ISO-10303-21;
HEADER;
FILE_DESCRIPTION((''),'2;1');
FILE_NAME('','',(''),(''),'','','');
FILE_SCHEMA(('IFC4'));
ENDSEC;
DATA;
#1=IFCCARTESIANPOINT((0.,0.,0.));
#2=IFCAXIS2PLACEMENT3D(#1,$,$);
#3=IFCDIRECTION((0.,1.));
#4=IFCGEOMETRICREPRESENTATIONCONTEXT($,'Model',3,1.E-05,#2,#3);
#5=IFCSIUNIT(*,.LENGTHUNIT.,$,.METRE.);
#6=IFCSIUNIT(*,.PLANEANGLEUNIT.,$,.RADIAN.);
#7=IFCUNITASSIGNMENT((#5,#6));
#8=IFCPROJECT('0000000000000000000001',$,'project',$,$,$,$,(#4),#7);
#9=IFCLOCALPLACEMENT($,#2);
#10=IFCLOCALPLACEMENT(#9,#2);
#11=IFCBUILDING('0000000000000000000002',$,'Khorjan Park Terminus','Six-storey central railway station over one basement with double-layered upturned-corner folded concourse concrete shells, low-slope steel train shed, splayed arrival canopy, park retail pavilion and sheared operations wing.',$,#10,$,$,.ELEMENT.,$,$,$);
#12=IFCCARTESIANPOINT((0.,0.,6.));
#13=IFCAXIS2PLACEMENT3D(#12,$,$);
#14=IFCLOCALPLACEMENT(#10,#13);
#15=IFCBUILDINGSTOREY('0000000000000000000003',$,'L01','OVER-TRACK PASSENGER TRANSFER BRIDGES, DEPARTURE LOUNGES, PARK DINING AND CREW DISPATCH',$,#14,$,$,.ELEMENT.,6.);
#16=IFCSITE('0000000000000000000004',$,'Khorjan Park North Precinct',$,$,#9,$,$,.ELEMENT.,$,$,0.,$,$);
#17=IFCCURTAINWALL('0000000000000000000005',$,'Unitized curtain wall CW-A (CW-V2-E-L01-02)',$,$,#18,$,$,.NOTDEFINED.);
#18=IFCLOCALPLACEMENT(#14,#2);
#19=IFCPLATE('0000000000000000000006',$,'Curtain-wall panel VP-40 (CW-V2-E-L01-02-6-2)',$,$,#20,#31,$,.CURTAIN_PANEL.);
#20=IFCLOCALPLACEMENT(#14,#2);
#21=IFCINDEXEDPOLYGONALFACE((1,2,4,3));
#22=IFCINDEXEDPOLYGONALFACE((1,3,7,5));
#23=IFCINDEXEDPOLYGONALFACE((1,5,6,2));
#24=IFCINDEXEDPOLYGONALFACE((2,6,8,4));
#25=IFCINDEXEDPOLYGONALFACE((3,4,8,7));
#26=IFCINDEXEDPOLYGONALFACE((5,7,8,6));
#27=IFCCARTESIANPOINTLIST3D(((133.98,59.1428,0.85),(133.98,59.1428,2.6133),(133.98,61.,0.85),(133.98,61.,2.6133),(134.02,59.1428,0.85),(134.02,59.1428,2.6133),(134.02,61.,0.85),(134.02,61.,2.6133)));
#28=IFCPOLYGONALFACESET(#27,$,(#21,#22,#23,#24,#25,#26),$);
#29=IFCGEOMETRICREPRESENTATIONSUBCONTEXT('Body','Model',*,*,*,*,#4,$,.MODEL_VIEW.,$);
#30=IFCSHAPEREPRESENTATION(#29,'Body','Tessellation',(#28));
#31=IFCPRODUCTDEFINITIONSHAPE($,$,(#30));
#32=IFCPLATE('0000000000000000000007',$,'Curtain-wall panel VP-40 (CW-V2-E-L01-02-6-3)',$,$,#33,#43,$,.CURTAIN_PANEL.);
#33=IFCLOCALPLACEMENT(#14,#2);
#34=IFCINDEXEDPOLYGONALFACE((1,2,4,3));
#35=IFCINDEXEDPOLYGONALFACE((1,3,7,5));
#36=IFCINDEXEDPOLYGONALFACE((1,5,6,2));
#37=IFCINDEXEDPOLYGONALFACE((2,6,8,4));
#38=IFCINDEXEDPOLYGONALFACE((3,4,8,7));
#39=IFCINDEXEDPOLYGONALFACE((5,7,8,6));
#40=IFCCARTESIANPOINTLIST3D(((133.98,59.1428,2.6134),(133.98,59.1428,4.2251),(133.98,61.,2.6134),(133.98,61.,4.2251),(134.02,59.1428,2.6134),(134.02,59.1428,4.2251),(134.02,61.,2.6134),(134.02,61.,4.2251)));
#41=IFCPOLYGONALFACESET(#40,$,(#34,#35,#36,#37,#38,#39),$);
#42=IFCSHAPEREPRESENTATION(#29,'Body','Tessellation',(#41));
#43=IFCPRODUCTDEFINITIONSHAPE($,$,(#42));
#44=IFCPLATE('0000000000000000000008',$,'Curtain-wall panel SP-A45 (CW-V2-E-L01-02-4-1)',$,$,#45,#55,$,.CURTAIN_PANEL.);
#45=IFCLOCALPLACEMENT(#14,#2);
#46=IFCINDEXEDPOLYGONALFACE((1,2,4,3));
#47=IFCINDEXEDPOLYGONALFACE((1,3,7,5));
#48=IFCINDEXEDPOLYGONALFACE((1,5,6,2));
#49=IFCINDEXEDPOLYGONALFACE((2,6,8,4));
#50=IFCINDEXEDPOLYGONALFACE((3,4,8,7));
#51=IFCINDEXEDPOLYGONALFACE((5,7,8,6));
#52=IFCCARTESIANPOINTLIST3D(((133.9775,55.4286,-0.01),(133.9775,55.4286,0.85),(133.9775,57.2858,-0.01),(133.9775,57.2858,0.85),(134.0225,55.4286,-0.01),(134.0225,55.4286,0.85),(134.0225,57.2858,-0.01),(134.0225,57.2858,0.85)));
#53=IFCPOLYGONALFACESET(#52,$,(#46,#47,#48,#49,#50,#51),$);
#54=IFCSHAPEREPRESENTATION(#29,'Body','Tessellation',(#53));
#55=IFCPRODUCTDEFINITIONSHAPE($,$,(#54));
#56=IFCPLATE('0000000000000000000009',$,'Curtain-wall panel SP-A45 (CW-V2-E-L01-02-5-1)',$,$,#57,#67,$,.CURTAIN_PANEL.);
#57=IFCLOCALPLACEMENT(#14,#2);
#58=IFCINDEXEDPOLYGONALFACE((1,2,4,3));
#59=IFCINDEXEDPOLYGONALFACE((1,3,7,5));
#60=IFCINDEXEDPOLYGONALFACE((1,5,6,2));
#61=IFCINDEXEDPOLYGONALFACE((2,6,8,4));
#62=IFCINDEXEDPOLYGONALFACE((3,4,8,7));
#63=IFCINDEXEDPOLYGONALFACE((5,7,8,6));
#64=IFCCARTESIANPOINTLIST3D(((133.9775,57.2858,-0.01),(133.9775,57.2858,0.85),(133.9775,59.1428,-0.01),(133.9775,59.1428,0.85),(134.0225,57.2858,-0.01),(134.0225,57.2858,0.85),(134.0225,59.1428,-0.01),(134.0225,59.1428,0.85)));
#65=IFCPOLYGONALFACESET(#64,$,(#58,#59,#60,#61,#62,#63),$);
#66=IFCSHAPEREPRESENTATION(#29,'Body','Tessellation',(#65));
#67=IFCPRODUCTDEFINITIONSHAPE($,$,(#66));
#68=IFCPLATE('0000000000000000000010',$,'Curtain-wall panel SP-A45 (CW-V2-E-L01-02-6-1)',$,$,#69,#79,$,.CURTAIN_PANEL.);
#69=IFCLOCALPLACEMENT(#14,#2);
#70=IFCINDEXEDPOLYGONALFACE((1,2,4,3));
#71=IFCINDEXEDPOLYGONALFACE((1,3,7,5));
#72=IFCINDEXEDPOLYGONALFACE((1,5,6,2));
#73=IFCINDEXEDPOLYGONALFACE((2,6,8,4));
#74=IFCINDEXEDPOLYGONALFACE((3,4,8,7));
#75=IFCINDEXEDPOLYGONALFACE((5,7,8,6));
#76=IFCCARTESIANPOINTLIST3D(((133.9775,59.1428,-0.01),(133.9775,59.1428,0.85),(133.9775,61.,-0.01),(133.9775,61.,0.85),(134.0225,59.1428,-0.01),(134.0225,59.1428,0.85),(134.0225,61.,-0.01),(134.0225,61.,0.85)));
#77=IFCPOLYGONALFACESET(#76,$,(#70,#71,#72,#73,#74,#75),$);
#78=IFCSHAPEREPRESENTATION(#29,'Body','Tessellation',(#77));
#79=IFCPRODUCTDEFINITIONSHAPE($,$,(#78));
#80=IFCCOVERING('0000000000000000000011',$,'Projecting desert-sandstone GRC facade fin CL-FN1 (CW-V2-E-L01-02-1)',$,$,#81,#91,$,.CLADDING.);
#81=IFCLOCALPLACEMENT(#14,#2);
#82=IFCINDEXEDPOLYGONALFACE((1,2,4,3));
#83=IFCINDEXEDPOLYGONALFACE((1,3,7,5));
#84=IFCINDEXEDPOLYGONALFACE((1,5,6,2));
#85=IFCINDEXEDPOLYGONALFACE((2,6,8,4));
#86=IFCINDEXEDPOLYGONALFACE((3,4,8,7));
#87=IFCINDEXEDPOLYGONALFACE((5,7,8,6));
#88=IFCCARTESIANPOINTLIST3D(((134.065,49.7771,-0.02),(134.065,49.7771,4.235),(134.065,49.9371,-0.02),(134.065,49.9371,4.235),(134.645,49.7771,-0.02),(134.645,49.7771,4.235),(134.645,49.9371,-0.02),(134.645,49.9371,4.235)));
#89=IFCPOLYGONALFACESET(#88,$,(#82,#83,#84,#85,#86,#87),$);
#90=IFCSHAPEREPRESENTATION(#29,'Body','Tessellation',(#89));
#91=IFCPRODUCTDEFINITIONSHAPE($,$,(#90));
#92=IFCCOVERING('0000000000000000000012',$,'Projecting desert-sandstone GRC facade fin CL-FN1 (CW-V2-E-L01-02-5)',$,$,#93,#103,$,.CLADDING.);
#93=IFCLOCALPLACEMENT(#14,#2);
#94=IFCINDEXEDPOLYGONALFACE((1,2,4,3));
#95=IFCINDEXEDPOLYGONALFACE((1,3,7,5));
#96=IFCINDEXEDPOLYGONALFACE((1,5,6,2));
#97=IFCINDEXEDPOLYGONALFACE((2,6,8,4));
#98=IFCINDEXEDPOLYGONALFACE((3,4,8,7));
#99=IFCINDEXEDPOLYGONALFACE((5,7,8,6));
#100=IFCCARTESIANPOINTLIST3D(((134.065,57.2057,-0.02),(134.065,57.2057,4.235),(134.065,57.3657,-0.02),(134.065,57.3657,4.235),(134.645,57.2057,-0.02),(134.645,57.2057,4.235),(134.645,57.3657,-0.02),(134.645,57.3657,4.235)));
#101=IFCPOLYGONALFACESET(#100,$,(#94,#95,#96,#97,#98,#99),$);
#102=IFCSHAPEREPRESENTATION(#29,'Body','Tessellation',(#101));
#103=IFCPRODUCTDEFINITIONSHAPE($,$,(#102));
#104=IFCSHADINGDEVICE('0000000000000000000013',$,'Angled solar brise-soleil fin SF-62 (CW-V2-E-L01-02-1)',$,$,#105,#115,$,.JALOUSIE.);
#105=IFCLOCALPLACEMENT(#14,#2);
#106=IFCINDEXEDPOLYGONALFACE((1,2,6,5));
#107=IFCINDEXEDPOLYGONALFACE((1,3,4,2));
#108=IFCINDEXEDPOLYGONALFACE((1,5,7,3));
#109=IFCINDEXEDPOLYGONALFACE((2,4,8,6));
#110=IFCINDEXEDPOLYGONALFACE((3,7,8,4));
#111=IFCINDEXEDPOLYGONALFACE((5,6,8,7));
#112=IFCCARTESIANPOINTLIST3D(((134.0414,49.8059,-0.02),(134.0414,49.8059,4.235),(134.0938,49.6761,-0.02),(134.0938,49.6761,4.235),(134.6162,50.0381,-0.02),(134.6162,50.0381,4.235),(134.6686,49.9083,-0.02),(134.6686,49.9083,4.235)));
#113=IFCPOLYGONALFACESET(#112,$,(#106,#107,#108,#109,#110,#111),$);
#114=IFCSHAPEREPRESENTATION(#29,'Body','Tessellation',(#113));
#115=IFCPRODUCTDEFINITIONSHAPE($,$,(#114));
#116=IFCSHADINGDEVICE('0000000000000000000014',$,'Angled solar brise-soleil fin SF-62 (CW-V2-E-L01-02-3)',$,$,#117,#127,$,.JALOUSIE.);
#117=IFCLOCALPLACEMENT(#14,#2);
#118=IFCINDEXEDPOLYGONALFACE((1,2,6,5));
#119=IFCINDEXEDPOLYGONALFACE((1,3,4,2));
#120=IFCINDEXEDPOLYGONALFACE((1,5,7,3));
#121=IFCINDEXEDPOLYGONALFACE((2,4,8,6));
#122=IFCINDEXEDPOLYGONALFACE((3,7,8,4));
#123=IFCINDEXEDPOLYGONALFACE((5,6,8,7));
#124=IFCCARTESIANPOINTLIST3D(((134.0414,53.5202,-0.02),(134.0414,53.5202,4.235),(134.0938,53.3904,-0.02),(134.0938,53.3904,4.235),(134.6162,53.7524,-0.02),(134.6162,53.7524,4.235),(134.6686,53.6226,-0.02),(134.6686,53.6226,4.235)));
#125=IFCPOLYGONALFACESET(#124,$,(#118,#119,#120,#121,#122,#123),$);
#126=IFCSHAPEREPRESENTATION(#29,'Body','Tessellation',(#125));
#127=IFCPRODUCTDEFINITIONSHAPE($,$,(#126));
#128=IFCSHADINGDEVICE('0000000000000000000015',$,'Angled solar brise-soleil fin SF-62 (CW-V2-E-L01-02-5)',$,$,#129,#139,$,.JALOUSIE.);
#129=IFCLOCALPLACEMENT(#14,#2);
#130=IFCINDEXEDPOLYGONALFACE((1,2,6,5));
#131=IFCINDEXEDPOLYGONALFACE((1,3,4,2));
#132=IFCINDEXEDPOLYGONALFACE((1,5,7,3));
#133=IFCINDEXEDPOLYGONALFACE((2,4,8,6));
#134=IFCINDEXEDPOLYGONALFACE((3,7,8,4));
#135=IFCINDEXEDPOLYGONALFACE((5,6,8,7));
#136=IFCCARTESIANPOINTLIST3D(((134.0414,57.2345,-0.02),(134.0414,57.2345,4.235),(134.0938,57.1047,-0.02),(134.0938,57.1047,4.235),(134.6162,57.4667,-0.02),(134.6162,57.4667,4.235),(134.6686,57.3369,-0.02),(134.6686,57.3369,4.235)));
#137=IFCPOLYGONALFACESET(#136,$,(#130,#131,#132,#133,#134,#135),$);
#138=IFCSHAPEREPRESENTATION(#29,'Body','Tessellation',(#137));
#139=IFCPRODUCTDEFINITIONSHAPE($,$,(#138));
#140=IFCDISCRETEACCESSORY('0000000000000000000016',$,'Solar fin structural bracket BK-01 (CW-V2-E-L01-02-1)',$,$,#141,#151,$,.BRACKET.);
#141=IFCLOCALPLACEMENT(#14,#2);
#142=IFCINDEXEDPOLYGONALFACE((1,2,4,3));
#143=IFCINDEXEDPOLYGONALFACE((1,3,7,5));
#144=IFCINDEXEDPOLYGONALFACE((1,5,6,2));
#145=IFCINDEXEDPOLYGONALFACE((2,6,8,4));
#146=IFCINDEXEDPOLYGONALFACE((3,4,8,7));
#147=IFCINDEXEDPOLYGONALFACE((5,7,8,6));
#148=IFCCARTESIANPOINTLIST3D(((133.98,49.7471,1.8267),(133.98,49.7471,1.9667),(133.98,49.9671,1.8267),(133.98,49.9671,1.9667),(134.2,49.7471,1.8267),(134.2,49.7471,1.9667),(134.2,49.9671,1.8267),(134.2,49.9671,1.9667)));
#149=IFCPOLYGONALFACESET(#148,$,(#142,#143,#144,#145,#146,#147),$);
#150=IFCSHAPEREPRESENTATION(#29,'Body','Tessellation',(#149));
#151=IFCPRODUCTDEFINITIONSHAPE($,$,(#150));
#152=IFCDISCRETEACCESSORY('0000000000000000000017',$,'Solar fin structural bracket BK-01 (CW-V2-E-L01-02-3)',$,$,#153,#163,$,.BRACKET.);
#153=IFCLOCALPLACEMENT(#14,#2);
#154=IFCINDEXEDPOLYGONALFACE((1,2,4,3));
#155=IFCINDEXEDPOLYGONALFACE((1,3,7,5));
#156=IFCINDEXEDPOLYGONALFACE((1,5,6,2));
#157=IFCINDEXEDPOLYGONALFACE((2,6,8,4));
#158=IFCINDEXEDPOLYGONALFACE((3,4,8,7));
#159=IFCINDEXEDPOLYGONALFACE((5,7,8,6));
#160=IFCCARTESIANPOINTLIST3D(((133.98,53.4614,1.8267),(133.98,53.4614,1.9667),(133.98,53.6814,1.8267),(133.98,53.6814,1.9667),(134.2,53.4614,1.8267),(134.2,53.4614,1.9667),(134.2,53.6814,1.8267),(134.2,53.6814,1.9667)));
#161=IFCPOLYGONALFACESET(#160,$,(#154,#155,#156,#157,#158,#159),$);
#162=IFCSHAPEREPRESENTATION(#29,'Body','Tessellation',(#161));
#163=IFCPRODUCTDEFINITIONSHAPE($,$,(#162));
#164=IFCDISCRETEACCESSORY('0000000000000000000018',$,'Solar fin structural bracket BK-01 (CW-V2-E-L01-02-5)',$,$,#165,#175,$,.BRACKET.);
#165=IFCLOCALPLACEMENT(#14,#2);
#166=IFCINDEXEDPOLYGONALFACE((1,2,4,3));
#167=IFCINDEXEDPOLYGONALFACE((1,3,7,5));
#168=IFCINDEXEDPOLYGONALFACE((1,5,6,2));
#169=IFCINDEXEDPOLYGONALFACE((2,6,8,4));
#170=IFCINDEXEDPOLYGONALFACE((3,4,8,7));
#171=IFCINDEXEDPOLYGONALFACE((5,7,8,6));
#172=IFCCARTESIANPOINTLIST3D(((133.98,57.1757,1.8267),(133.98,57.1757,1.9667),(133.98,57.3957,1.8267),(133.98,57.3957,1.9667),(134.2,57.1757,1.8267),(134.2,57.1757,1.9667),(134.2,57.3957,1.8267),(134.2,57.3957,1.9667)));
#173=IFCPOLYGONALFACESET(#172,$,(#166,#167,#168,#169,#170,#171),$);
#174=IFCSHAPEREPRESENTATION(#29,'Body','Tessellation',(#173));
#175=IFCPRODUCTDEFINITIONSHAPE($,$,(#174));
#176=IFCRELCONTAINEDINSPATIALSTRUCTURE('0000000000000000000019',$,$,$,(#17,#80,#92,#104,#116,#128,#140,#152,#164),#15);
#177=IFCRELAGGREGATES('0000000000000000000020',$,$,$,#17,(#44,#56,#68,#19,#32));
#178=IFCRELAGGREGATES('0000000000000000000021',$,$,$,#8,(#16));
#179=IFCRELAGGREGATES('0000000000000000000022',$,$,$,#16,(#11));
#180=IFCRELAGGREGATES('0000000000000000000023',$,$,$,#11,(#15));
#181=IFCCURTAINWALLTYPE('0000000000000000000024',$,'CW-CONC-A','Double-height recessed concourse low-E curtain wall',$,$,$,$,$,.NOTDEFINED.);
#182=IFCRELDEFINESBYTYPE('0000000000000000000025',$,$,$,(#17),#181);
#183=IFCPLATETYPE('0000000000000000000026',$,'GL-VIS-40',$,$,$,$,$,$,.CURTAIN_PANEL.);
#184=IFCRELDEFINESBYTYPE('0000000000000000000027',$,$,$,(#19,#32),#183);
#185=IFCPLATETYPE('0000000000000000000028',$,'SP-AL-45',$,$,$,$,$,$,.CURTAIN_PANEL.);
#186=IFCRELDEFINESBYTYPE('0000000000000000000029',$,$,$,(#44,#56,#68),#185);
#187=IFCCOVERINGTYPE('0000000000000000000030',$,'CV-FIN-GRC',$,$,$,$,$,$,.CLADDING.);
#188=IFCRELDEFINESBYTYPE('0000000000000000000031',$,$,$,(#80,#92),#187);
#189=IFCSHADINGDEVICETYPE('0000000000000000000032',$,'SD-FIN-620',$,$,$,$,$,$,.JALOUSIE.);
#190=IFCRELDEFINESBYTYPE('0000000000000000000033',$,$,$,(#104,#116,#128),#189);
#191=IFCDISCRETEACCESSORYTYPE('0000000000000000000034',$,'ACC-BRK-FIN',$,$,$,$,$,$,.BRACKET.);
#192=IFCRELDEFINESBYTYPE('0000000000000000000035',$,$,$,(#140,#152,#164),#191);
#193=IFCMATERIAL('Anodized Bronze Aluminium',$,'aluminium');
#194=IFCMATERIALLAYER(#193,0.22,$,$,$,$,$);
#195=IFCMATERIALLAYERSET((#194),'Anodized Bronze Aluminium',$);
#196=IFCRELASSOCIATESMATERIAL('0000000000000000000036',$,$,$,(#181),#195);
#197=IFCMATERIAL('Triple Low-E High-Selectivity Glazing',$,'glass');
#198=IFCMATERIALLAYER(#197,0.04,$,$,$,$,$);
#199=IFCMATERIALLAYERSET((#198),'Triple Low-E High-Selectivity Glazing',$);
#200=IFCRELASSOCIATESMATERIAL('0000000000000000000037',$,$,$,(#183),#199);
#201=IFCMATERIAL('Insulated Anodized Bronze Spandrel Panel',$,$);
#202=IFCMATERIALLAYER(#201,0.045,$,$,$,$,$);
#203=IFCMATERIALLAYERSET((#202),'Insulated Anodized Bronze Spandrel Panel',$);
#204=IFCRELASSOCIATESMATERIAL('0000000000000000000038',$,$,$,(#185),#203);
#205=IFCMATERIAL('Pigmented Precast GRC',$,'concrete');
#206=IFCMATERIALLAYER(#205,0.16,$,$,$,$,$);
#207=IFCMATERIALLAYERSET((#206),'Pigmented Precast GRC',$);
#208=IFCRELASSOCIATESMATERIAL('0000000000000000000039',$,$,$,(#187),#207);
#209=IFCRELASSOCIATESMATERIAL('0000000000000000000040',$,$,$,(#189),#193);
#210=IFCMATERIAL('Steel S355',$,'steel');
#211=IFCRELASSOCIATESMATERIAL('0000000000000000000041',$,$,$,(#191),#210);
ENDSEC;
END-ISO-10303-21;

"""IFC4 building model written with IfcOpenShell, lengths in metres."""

from ifc_helpers import new_model, si_unit, direction, frame, origin, origin_2d, place, context, subcontext, project, spatial, rectangle, extrude, material, layer, layer_set, type_object, element, aggregate, save


model = new_model("IFC4")

# Units and contexts
model_context = context("Model", 3, precision=1e-05, world=origin(), true_north=direction((0.0, 1.0)))
body_context = subcontext(model_context, "Body", "Model", "MODEL_VIEW")
ifc_project = project(units=[si_unit("LENGTHUNIT", "METRE"), si_unit("PLANEANGLEUNIT", "RADIAN")], contexts=[model_context])

# Site, building, storey
site_placement = place(None, origin())
site = spatial("IfcSite", under=ifc_project, at=site_placement, Name="Khorjan Park North Precinct", CompositionType="ELEMENT", RefElevation=0.0)
building_placement = place(site_placement, origin())
building = spatial("IfcBuilding", under=site, at=building_placement, Name="Khorjan Park Terminus", Description="Six-storey central railway station over one basement with double-layered upturned-corner folded concourse concrete shells, low-slope steel train shed, splayed arrival canopy, park retail pavilion and sheared operations wing.", CompositionType="ELEMENT")
storey_placement = place(building_placement, frame((0.0, 0.0, 6.0)))
storey = spatial("IfcBuildingStorey", under=building, at=storey_placement, Name="L01", Description="OVER-TRACK PASSENGER TRANSFER BRIDGES, DEPARTURE LOUNGES, PARK DINING AND CREW DISPATCH", CompositionType="ELEMENT", Elevation=6.0)

# Curtain wall
ifc_material_1 = material(Name="Anodized Bronze Aluminium", Category="aluminium")
ifc_layer_1 = layer(ifc_material_1, 0.22)
ifc_layer_set_1 = layer_set([ifc_layer_1], Name="Anodized Bronze Aluminium")
curtain_wall_type = type_object("IfcCurtainWallType", Name="CW-CONC-A", Description="Double-height recessed concourse low-E curtain wall", PredefinedType="NOTDEFINED", material=ifc_layer_set_1)
curtain_wall_placement = place(storey_placement, origin())
curtain_wall = element("IfcCurtainWall", 1, at=curtain_wall_placement, inside=storey, type_object=curtain_wall_type, Name="Unitized curtain wall CW-A (CW-V2-E-L01-02)", PredefinedType="NOTDEFINED")

# Plates
ifc_material_2 = material(Name="Triple Low-E High-Selectivity Glazing", Category="glass")
ifc_layer_2 = layer(ifc_material_2, 0.04)
ifc_layer_set_2 = layer_set([ifc_layer_2], Name="Triple Low-E High-Selectivity Glazing")
plate_type_1 = type_object("IfcPlateType", Name="GL-VIS-40", PredefinedType="CURTAIN_PANEL", material=ifc_layer_set_2)
plate_1_placement = place(storey_placement, frame((134.0, 60.0714, 0.85), z_axis=(0.0, 0.0, 1.0), x_axis=(0.0, 1.0, 0.0)))
plate_1 = element("IfcPlate", 2, at=plate_1_placement, type_object=plate_type_1, Name="Curtain-wall panel VP-40 (CW-V2-E-L01-02-6-2)", PredefinedType="CURTAIN_PANEL", context=body_context, shape_type="SweptSolid", body=[
    extrude(rectangle(XDim=1.8571, YDim=0.04, at=origin_2d()), origin(), (0.0, 0.0, 1.0), 1.7633),
])
plate_2_placement = place(storey_placement, frame((134.0, 60.0714, 2.6134), z_axis=(0.0, 0.0, 1.0), x_axis=(0.0, 1.0, 0.0)))
plate_2 = element("IfcPlate", 3, at=plate_2_placement, type_object=plate_type_1, Name="Curtain-wall panel VP-40 (CW-V2-E-L01-02-6-3)", PredefinedType="CURTAIN_PANEL", context=body_context, shape_type="SweptSolid", body=[
    extrude(rectangle(XDim=1.8571, YDim=0.04, at=origin_2d()), origin(), (0.0, 0.0, 1.0), 1.6117),
])
ifc_material_3 = material(Name="Insulated Anodized Bronze Spandrel Panel")
ifc_layer_3 = layer(ifc_material_3, 0.045)
ifc_layer_set_3 = layer_set([ifc_layer_3], Name="Insulated Anodized Bronze Spandrel Panel")
plate_type_2 = type_object("IfcPlateType", Name="SP-AL-45", PredefinedType="CURTAIN_PANEL", material=ifc_layer_set_3)
plate_3_placement = place(storey_placement, frame((134.0, 56.3572, -0.01), z_axis=(0.0, 0.0, 1.0), x_axis=(0.0, 1.0, 0.0)))
plate_3 = element("IfcPlate", 4, at=plate_3_placement, type_object=plate_type_2, Name="Curtain-wall panel SP-A45 (CW-V2-E-L01-02-4-1)", PredefinedType="CURTAIN_PANEL", context=body_context, shape_type="SweptSolid", body=[
    extrude(rectangle(XDim=1.8571, YDim=0.045, at=origin_2d()), origin(), (0.0, 0.0, 1.0), 0.86),
])
plate_4_placement = place(storey_placement, frame((134.0, 58.2143, -0.01), z_axis=(0.0, 0.0, 1.0), x_axis=(0.0, 1.0, 0.0)))
plate_4 = element("IfcPlate", 5, at=plate_4_placement, type_object=plate_type_2, Name="Curtain-wall panel SP-A45 (CW-V2-E-L01-02-5-1)", PredefinedType="CURTAIN_PANEL", context=body_context, shape_type="SweptSolid", body=[
    extrude(rectangle(XDim=1.8571, YDim=0.045, at=origin_2d()), origin(), (0.0, 0.0, 1.0), 0.86),
])
plate_5_placement = place(storey_placement, frame((134.0, 60.0714, -0.01), z_axis=(0.0, 0.0, 1.0), x_axis=(0.0, 1.0, 0.0)))
plate_5 = element("IfcPlate", 6, at=plate_5_placement, type_object=plate_type_2, Name="Curtain-wall panel SP-A45 (CW-V2-E-L01-02-6-1)", PredefinedType="CURTAIN_PANEL", context=body_context, shape_type="SweptSolid", body=[
    extrude(rectangle(XDim=1.8571, YDim=0.045, at=origin_2d()), origin(), (0.0, 0.0, 1.0), 0.86),
])
aggregate(curtain_wall, [plate_3, plate_4, plate_5, plate_1, plate_2])

# Coverings
ifc_material_4 = material(Name="Pigmented Precast GRC", Category="concrete")
ifc_layer_4 = layer(ifc_material_4, 0.16)
ifc_layer_set_4 = layer_set([ifc_layer_4], Name="Pigmented Precast GRC")
covering_type = type_object("IfcCoveringType", Name="CV-FIN-GRC", PredefinedType="CLADDING", material=ifc_layer_set_4)
for number, where, z_axis, x_axis, name in (
    (7, (134.355, 49.8571, -0.02), (0.0, 0.0, 1.0), (-1.0, 0.0, 0.0), "Projecting desert-sandstone GRC facade fin CL-FN1 (CW-V2-E-L01-02-1)"),
    (8, (134.355, 57.2857, -0.02), (0.0, 0.0, 1.0), (-1.0, 0.0, 0.0), "Projecting desert-sandstone GRC facade fin CL-FN1 (CW-V2-E-L01-02-5)"),
):
    element("IfcCovering", number, at=place(storey_placement, frame(where, z_axis=z_axis, x_axis=x_axis)), inside=storey, type_object=covering_type, Name=name, PredefinedType="CLADDING", context=body_context, shape_type="SweptSolid", body=[
        extrude(rectangle(XDim=0.58, YDim=0.16, at=origin_2d()), origin(), (0.0, 0.0, 1.0), 4.255),
    ])

# Shading devices
shading_device_type = type_object("IfcShadingDeviceType", Name="SD-FIN-620", PredefinedType="JALOUSIE", material=ifc_material_1)
for number, where, z_axis, x_axis, name in (
    (9, (134.355, 49.8571, -0.02), (0.0, 0.0, 1.0), (-0.927184, -0.374607, 0.0), "Angled solar brise-soleil fin SF-62 (CW-V2-E-L01-02-1)"),
    (10, (134.355, 53.5714, -0.02), (0.0, 0.0, 1.0), (-0.927184, -0.374607, 0.0), "Angled solar brise-soleil fin SF-62 (CW-V2-E-L01-02-3)"),
    (11, (134.355, 57.2857, -0.02), (0.0, 0.0, 1.0), (-0.927184, -0.374607, 0.0), "Angled solar brise-soleil fin SF-62 (CW-V2-E-L01-02-5)"),
):
    element("IfcShadingDevice", number, at=place(storey_placement, frame(where, z_axis=z_axis, x_axis=x_axis)), inside=storey, type_object=shading_device_type, Name=name, PredefinedType="JALOUSIE", context=body_context, shape_type="SweptSolid", body=[
        extrude(rectangle(XDim=0.62, YDim=0.14, at=origin_2d()), origin(), (0.0, 0.0, 1.0), 4.255),
    ])

# Discrete accessories
ifc_material_5 = material(Name="Steel S355", Category="steel")
discrete_accessory_type = type_object("IfcDiscreteAccessoryType", Name="ACC-BRK-FIN", PredefinedType="BRACKET", material=ifc_material_5)
for number, where, z_axis, x_axis, name in (
    (12, (134.09, 49.8571, 1.8267), (0.0, 0.0, 1.0), (0.0, 1.0, 0.0), "Solar fin structural bracket BK-01 (CW-V2-E-L01-02-1)"),
    (13, (134.09, 53.5714, 1.8267), (0.0, 0.0, 1.0), (0.0, 1.0, 0.0), "Solar fin structural bracket BK-01 (CW-V2-E-L01-02-3)"),
    (14, (134.09, 57.2857, 1.8267), (0.0, 0.0, 1.0), (0.0, 1.0, 0.0), "Solar fin structural bracket BK-01 (CW-V2-E-L01-02-5)"),
):
    element("IfcDiscreteAccessory", number, at=place(storey_placement, frame(where, z_axis=z_axis, x_axis=x_axis)), inside=storey, type_object=discrete_accessory_type, Name=name, PredefinedType="BRACKET", context=body_context, shape_type="SweptSolid", body=[
        extrude(rectangle(XDim=0.22, YDim=0.22, at=origin_2d()), origin(), (0.0, 0.0, 1.0), 0.14),
    ])

save(model, "model.ifc")
